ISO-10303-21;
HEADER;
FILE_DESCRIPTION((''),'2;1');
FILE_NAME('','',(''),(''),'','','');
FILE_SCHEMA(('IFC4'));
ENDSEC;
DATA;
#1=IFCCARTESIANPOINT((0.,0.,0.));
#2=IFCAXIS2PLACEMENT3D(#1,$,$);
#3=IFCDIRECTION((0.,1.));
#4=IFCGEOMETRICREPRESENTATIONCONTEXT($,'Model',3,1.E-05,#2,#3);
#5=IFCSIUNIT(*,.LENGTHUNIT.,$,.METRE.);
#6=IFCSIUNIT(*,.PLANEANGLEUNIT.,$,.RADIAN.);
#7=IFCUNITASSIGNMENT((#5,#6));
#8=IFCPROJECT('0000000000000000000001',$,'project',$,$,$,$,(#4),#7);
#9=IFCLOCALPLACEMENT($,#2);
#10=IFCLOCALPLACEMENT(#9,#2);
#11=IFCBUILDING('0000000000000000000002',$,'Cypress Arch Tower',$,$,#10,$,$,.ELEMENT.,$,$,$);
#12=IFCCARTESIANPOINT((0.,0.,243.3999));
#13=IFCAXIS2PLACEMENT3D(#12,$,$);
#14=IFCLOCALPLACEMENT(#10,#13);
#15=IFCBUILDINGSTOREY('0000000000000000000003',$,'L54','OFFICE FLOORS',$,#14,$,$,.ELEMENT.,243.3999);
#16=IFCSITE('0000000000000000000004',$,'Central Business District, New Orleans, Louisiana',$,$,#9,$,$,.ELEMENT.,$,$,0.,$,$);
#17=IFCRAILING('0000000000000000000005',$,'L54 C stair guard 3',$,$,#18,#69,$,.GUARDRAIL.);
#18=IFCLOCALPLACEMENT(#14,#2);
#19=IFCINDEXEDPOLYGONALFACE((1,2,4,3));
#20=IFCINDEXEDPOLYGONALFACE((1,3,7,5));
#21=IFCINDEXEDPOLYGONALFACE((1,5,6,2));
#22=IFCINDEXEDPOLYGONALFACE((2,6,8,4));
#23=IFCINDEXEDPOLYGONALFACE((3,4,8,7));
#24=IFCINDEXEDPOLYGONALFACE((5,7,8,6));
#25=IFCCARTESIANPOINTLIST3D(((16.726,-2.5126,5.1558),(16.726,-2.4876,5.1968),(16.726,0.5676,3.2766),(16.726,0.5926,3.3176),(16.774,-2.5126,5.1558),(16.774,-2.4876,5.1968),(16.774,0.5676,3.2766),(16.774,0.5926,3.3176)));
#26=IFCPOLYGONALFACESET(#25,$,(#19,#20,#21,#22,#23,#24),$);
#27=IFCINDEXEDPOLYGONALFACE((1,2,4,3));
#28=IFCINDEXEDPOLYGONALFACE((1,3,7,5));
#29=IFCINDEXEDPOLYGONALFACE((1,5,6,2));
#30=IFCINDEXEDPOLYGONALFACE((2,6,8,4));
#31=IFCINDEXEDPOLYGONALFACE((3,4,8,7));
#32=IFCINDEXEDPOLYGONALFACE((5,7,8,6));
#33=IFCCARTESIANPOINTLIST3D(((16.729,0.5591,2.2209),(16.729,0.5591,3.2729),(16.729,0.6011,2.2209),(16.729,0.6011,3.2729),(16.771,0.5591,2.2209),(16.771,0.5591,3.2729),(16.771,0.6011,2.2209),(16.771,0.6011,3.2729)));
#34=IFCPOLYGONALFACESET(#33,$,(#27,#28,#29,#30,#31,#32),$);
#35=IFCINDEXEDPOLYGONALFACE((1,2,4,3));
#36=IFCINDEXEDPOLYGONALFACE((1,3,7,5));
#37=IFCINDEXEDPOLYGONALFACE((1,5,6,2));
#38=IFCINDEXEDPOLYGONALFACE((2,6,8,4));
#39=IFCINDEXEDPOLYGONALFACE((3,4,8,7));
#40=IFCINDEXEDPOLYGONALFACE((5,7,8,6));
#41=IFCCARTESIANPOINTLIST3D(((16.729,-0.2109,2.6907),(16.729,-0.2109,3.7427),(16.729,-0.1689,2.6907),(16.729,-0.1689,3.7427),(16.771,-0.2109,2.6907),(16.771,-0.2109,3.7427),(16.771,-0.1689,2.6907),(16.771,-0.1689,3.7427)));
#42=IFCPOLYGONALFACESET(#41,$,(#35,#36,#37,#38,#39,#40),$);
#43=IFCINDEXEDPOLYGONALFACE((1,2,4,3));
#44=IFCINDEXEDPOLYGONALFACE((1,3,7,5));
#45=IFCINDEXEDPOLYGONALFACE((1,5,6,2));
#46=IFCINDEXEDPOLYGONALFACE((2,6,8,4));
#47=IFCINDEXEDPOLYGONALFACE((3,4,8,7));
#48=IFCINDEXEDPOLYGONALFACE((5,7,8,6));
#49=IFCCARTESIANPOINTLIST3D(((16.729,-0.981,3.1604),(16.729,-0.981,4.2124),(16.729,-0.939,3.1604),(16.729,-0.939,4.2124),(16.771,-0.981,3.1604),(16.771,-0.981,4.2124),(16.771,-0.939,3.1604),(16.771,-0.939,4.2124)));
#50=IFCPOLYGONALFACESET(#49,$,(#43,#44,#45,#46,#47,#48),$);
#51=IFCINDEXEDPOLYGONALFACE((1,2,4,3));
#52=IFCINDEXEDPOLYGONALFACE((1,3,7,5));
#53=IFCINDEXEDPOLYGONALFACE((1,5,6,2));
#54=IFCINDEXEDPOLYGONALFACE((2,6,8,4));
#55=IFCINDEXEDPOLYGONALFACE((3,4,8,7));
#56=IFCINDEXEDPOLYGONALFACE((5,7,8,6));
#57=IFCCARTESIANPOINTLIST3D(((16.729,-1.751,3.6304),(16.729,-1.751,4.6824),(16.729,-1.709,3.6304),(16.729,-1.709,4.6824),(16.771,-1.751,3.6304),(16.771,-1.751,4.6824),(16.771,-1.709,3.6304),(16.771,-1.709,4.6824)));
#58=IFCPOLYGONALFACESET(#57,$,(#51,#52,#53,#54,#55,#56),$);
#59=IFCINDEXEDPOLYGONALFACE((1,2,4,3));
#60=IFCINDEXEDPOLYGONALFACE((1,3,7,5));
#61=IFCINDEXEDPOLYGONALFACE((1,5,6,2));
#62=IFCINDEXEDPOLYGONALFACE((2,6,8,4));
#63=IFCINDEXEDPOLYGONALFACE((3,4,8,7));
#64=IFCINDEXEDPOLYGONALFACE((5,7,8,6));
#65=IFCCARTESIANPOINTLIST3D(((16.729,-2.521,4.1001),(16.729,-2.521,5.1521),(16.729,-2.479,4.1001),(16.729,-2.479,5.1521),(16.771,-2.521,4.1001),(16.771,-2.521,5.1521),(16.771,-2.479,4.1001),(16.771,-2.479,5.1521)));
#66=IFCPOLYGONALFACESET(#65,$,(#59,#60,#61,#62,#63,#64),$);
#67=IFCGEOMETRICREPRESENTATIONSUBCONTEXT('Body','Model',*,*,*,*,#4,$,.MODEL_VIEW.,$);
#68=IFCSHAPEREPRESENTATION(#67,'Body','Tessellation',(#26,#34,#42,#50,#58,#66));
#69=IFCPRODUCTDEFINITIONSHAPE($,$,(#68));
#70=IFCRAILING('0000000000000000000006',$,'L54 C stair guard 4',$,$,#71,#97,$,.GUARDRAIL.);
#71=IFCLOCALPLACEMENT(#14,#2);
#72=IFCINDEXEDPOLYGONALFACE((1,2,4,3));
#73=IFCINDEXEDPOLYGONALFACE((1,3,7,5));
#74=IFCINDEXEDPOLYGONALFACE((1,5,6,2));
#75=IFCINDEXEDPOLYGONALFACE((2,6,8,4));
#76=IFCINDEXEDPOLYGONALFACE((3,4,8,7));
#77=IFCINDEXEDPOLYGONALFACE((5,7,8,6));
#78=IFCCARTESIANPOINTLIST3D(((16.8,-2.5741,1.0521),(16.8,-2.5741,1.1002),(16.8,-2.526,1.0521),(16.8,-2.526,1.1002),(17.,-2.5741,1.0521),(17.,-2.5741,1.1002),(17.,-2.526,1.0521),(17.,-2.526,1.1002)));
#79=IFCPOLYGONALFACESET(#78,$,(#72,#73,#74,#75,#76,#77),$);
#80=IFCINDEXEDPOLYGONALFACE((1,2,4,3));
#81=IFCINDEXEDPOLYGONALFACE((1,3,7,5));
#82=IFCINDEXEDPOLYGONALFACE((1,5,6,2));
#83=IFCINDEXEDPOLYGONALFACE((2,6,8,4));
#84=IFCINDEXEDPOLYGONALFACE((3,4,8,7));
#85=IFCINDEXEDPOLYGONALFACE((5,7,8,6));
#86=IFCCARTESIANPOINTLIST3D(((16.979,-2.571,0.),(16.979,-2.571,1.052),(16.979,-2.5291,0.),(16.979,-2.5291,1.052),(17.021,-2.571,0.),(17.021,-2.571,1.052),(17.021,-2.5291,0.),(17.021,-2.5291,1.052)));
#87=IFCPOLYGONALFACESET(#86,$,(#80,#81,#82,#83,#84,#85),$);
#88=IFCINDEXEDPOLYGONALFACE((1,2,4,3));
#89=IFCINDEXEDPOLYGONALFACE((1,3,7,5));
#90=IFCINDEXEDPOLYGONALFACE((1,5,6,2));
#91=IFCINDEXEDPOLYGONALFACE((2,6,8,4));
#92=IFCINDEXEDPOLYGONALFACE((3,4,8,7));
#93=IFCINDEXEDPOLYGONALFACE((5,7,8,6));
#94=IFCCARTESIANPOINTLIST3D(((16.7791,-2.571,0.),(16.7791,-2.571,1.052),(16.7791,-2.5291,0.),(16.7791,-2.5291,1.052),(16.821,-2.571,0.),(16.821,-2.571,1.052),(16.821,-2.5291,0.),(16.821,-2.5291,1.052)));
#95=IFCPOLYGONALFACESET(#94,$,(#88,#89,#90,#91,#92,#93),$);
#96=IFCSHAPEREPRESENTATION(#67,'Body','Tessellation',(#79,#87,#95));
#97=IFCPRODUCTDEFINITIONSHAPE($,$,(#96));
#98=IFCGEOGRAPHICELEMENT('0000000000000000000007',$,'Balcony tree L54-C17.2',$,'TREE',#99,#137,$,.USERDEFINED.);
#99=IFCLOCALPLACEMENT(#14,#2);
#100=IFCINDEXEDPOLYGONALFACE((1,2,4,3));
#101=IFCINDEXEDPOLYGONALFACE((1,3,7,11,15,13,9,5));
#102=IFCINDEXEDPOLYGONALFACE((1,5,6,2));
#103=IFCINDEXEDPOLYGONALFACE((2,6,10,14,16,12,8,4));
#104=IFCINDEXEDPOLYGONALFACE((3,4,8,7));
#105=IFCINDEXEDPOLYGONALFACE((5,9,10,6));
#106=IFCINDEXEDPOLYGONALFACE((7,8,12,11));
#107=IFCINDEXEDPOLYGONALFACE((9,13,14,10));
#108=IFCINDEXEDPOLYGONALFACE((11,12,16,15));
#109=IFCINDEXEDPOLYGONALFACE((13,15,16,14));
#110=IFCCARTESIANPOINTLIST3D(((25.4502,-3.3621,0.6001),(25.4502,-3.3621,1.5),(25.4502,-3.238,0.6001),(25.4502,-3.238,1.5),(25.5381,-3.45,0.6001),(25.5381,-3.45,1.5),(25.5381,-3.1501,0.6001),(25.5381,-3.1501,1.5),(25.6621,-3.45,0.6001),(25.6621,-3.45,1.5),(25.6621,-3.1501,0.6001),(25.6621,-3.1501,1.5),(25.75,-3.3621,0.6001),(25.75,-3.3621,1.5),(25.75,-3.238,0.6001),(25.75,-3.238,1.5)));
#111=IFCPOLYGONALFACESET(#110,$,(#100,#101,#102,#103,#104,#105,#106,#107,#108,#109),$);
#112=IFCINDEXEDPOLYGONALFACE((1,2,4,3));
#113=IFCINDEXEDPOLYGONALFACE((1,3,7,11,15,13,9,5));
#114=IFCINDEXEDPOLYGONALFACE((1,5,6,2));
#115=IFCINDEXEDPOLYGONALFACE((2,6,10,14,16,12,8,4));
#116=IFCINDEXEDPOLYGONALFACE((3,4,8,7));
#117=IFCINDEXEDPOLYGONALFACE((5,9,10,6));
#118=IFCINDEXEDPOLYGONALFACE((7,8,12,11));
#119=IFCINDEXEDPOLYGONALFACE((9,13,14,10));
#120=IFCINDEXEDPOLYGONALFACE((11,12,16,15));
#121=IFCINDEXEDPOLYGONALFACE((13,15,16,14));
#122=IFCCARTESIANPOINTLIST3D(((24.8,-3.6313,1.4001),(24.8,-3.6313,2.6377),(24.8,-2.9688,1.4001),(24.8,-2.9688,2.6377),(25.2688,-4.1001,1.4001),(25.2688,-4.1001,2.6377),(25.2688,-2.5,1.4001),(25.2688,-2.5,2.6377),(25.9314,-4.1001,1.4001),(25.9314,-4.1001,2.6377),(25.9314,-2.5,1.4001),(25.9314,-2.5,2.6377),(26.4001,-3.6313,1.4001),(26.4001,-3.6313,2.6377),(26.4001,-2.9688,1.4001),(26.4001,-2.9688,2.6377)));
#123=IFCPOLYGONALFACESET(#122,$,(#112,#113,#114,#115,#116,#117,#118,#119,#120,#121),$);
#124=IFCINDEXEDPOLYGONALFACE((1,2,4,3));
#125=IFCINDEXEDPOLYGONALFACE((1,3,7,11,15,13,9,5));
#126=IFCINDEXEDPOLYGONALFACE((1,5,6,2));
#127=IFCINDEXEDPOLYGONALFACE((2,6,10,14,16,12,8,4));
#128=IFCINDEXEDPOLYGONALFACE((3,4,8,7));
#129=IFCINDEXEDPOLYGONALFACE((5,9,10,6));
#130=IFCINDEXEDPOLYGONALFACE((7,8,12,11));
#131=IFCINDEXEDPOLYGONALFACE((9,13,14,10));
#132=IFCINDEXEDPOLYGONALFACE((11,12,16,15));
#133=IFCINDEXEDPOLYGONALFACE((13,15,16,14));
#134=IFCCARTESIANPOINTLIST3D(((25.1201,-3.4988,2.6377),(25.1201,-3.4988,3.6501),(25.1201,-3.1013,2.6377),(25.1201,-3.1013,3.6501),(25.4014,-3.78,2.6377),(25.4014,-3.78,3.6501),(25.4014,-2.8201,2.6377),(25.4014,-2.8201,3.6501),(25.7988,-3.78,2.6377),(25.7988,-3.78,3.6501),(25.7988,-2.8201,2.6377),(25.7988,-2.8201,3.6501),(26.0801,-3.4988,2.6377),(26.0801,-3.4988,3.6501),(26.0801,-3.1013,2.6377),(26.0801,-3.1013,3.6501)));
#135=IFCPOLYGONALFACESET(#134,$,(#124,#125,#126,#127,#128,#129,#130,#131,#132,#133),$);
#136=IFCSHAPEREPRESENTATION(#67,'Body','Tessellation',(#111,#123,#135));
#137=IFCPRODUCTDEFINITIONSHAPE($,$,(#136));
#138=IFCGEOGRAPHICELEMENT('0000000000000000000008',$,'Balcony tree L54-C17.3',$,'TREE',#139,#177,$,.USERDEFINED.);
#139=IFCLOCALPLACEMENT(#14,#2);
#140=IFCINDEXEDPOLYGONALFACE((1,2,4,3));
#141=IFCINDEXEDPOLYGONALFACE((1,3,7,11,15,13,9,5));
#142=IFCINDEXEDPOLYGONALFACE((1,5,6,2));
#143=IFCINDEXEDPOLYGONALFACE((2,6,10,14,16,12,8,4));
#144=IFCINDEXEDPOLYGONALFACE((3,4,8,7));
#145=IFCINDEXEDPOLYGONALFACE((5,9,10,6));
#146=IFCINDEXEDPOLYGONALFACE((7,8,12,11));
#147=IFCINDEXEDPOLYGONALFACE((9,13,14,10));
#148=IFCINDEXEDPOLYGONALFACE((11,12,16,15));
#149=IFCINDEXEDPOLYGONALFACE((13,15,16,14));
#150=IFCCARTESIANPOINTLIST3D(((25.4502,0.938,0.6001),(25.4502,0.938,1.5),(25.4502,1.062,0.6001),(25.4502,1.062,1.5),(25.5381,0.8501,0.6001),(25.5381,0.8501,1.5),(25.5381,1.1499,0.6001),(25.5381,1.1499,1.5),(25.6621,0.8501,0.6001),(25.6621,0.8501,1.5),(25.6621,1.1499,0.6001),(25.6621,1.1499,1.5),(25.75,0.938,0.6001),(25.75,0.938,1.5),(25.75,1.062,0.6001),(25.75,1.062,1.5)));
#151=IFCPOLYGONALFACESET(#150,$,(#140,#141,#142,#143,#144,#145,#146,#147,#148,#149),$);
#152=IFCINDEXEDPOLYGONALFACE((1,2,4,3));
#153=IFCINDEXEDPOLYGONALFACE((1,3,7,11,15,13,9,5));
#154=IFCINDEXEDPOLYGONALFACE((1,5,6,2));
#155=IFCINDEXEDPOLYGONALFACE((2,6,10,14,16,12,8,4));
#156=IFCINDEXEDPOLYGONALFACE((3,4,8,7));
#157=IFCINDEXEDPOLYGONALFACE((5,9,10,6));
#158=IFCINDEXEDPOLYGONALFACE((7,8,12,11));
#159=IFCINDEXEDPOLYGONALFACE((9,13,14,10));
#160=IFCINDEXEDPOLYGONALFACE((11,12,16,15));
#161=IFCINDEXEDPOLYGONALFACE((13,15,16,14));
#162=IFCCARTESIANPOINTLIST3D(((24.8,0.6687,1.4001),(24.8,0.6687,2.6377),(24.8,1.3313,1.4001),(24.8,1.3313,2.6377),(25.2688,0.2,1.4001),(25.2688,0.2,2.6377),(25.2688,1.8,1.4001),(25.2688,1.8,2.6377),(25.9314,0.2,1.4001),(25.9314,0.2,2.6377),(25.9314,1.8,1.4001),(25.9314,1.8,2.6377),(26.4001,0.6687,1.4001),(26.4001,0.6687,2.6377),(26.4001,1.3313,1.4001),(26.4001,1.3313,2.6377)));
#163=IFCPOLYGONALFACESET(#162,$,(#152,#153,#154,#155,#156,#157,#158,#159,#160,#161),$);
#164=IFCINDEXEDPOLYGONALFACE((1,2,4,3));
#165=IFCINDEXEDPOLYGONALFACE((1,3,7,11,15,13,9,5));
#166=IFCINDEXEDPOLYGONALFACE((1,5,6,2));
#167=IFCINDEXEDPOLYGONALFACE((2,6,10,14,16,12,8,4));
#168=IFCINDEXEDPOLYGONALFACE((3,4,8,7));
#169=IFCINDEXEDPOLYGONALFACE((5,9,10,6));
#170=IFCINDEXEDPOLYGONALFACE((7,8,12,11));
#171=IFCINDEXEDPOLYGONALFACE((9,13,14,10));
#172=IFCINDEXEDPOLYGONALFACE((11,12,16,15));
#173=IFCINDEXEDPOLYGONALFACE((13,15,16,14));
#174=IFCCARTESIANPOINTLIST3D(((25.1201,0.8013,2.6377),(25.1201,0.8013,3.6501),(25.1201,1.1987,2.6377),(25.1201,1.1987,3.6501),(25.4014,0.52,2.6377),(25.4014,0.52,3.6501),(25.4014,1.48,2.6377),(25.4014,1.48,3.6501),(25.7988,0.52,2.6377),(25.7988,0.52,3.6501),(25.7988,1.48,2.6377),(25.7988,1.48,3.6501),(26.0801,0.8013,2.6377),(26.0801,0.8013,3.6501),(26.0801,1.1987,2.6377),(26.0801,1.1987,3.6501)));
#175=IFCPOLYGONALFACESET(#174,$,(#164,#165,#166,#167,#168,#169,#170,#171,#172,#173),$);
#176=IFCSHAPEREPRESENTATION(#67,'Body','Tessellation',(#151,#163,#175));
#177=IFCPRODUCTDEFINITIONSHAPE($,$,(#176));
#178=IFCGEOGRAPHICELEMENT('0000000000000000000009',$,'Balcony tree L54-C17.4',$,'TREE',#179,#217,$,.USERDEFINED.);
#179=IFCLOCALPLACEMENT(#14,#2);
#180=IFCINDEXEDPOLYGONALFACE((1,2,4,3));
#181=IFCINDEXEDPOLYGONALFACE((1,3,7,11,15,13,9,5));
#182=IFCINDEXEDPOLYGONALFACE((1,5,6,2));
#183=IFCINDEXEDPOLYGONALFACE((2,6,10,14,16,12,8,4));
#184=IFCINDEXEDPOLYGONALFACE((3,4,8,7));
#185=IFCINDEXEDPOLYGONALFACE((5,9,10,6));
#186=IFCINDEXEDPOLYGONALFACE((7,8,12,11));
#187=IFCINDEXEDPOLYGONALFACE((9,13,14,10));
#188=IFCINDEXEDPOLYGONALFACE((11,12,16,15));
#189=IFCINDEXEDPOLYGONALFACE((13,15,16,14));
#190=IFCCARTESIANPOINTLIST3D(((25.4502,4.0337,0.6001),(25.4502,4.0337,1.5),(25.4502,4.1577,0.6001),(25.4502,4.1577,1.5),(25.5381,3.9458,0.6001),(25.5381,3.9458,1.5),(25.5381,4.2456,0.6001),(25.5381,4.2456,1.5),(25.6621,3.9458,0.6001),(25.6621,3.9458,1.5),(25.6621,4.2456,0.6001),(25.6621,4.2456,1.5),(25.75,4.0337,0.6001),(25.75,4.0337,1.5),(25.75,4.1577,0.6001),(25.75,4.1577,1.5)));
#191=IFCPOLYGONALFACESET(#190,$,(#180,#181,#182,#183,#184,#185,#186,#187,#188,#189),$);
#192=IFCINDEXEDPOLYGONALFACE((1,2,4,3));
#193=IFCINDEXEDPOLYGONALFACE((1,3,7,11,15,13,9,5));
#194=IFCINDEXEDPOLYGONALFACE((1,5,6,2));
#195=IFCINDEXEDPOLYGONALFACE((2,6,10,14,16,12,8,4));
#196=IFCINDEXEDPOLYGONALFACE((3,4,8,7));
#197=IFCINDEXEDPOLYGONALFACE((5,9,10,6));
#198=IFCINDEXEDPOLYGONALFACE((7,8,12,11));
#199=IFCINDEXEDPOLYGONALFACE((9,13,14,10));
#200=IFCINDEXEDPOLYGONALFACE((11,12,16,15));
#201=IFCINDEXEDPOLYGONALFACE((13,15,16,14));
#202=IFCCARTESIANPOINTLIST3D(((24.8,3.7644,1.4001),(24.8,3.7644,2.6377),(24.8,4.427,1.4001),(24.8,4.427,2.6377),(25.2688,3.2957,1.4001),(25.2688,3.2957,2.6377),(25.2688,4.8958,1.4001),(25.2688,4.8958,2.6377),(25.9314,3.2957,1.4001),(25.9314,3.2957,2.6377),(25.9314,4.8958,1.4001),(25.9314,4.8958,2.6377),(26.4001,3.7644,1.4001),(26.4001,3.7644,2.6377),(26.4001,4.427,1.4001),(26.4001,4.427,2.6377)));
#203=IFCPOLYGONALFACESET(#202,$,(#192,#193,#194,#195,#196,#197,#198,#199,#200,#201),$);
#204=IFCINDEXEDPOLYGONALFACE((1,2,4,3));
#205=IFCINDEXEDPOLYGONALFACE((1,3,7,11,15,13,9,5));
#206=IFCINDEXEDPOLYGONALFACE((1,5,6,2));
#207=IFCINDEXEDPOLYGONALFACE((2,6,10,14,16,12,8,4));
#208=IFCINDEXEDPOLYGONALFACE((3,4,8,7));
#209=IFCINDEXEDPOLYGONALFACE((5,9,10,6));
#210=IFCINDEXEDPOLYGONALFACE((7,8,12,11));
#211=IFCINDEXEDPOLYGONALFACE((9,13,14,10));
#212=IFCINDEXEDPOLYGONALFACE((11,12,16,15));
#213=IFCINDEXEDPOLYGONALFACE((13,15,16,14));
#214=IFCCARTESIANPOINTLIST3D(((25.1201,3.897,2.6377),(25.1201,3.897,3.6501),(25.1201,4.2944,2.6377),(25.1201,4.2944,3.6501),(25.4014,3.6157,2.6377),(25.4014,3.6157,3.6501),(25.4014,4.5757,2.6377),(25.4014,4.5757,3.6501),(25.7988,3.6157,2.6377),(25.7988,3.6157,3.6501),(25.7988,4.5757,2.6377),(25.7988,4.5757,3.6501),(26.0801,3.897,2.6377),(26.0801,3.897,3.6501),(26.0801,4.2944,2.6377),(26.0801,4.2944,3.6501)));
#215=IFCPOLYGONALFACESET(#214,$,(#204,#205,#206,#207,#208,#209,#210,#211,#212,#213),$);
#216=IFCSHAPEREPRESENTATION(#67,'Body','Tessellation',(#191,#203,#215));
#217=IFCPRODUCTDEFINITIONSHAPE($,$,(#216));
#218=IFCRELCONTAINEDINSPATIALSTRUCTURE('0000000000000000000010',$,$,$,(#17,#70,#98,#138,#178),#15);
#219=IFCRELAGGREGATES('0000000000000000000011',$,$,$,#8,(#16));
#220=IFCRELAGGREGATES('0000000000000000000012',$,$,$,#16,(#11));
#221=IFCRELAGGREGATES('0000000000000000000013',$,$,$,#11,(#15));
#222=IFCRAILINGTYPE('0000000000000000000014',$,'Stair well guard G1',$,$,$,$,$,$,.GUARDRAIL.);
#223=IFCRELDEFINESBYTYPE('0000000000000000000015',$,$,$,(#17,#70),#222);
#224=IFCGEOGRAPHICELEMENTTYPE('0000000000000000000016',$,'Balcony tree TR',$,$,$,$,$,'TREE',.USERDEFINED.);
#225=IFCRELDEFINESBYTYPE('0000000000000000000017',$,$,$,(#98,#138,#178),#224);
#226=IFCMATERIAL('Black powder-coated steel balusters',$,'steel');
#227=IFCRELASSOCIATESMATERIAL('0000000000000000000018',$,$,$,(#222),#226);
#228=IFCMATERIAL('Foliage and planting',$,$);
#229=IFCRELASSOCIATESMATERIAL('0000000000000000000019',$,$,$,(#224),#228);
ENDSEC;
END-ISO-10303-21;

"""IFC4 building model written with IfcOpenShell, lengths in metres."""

from ifc_helpers import new_model, si_unit, direction, frame, origin, origin_2d, place, context, subcontext, project, spatial, polyline, rectangle, outline, extrude, material, type_object, element, save


model = new_model("IFC4")

# Units and contexts
model_context = context("Model", 3, precision=1e-05, world=origin(), true_north=direction((0.0, 1.0)))
body_context = subcontext(model_context, "Body", "Model", "MODEL_VIEW")
ifc_project = project(units=[si_unit("LENGTHUNIT", "METRE"), si_unit("PLANEANGLEUNIT", "RADIAN")], contexts=[model_context])

# Site, building, storey
site_placement = place(None, origin())
site = spatial("IfcSite", under=ifc_project, at=site_placement, Name="Central Business District, New Orleans, Louisiana", CompositionType="ELEMENT", RefElevation=0.0)
building_placement = place(site_placement, origin())
building = spatial("IfcBuilding", under=site, at=building_placement, Name="Cypress Arch Tower", CompositionType="ELEMENT")
storey_placement = place(building_placement, frame((0.0, 0.0, 243.3999)))
storey = spatial("IfcBuildingStorey", under=building, at=storey_placement, Name="L54", Description="OFFICE FLOORS", CompositionType="ELEMENT", Elevation=243.3999)

# Railings
ifc_material_1 = material(Name="Black powder-coated steel balusters", Category="steel")
railing_type_1 = type_object("IfcRailingType", Name="Stair well guard G1", PredefinedType="GUARDRAIL", material=ifc_material_1)
railing_1_placement = place(storey_placement, frame((16.75, 0.5801, 2.2209)))
element("IfcRailing", 1, at=railing_1_placement, inside=storey, type_object=railing_type_1, Name="L54 C stair guard 3", PredefinedType="GUARDRAIL", context=body_context, shape_type="SweptSolid", body=[
    extrude(rectangle(XDim=0.0481, YDim=0.0481, at=origin_2d()), frame((0.0, 0.0, 1.0762), z_axis=(0.0, -0.853666, 0.52082), x_axis=(1.0, 0.0, 0.0)), (0.0, 0.0, 1.0), 3.6082),
    extrude(rectangle(XDim=0.042, YDim=0.042, at=origin_2d()), origin(), (0.0, 0.0, 1.0), 1.052),
    extrude(rectangle(XDim=0.042, YDim=0.042, at=origin_2d()), frame((0.0, -0.77, 0.4697)), (0.0, 0.0, 1.0), 1.052),
    extrude(rectangle(XDim=0.042, YDim=0.042, at=origin_2d()), frame((0.0, -1.54, 0.9395)), (0.0, 0.0, 1.0), 1.052),
    extrude(rectangle(XDim=0.042, YDim=0.042, at=origin_2d()), frame((0.0, -2.3101, 1.4094)), (0.0, 0.0, 1.0), 1.052),
    extrude(rectangle(XDim=0.042, YDim=0.042, at=origin_2d()), frame((0.0, -3.0801, 1.8792)), (0.0, 0.0, 1.0), 1.052),
])
railing_2_placement = place(storey_placement, frame((17.0, -2.55, 0.0)))
element("IfcRailing", 2, at=railing_2_placement, inside=storey, type_object=railing_type_1, Name="L54 C stair guard 4", PredefinedType="GUARDRAIL", context=body_context, shape_type="SweptSolid", body=[
    extrude(rectangle(XDim=0.0481, YDim=0.0481, at=origin_2d()), frame((0.0, 0.0, 1.0762), z_axis=(-1.0, 0.0, 0.0), x_axis=(0.0, -1.0, 0.0)), (0.0, 0.0, 1.0), 0.2),
    extrude(rectangle(XDim=0.042, YDim=0.042, at=origin_2d()), origin(), (0.0, 0.0, 1.0), 1.052),
    extrude(rectangle(XDim=0.042, YDim=0.042, at=origin_2d()), frame((-0.2, 0.0, 0.0)), (0.0, 0.0, 1.0), 1.052),
])

# Geographic elements
ifc_material_2 = material(Name="Foliage and planting")
geographic_element_type = type_object("IfcGeographicElementType", Name="Balcony tree TR", ElementType="TREE", PredefinedType="USERDEFINED", material=ifc_material_2)
for number, where, z_axis, x_axis, name in (
    (3, (25.6001, -3.3, 0.6001), (0.0, 0.0, 1.0), (1.0, 0.0, 0.0), "Balcony tree L54-C17.2"),
    (4, (25.6001, 1.0, 0.6001), (0.0, 0.0, 1.0), (1.0, 0.0, 0.0), "Balcony tree L54-C17.3"),
    (5, (25.6001, 4.0957, 0.6001), (0.0, 0.0, 1.0), (1.0, 0.0, 0.0), "Balcony tree L54-C17.4"),
):
    element("IfcGeographicElement", number, at=place(storey_placement, frame(where, z_axis=z_axis, x_axis=x_axis)), inside=storey, type_object=geographic_element_type, Name=name, ObjectType="TREE", PredefinedType="USERDEFINED", context=body_context, shape_type="SweptSolid", body=[
        extrude(outline(polyline([(0.1499, 0.062), (0.062, 0.1499), (-0.062, 0.1499), (-0.1499, 0.062), (-0.1499, -0.062), (-0.062, -0.1499), (0.062, -0.1499), (0.1499, -0.062), (0.1499, 0.062)])), origin(), (0.0, 0.0, 1.0), 0.8999),
        extrude(outline(polyline([(0.8, 0.3313), (0.3313, 0.8), (-0.3313, 0.8), (-0.8, 0.3313), (-0.8, -0.3313), (-0.3313, -0.8), (0.3313, -0.8), (0.8, -0.3313), (0.8, 0.3313)])), frame((0.0, 0.0, 0.8)), (0.0, 0.0, 1.0), 1.2375),
        extrude(outline(polyline([(0.48, 0.1987), (0.1987, 0.48), (-0.1987, 0.48), (-0.48, 0.1987), (-0.48, -0.1987), (-0.1987, -0.48), (0.1987, -0.48), (0.48, -0.1987), (0.48, 0.1987)])), frame((0.0, 0.0, 2.0376)), (0.0, 0.0, 1.0), 1.0125),
    ])

save(model, "model.ifc")
